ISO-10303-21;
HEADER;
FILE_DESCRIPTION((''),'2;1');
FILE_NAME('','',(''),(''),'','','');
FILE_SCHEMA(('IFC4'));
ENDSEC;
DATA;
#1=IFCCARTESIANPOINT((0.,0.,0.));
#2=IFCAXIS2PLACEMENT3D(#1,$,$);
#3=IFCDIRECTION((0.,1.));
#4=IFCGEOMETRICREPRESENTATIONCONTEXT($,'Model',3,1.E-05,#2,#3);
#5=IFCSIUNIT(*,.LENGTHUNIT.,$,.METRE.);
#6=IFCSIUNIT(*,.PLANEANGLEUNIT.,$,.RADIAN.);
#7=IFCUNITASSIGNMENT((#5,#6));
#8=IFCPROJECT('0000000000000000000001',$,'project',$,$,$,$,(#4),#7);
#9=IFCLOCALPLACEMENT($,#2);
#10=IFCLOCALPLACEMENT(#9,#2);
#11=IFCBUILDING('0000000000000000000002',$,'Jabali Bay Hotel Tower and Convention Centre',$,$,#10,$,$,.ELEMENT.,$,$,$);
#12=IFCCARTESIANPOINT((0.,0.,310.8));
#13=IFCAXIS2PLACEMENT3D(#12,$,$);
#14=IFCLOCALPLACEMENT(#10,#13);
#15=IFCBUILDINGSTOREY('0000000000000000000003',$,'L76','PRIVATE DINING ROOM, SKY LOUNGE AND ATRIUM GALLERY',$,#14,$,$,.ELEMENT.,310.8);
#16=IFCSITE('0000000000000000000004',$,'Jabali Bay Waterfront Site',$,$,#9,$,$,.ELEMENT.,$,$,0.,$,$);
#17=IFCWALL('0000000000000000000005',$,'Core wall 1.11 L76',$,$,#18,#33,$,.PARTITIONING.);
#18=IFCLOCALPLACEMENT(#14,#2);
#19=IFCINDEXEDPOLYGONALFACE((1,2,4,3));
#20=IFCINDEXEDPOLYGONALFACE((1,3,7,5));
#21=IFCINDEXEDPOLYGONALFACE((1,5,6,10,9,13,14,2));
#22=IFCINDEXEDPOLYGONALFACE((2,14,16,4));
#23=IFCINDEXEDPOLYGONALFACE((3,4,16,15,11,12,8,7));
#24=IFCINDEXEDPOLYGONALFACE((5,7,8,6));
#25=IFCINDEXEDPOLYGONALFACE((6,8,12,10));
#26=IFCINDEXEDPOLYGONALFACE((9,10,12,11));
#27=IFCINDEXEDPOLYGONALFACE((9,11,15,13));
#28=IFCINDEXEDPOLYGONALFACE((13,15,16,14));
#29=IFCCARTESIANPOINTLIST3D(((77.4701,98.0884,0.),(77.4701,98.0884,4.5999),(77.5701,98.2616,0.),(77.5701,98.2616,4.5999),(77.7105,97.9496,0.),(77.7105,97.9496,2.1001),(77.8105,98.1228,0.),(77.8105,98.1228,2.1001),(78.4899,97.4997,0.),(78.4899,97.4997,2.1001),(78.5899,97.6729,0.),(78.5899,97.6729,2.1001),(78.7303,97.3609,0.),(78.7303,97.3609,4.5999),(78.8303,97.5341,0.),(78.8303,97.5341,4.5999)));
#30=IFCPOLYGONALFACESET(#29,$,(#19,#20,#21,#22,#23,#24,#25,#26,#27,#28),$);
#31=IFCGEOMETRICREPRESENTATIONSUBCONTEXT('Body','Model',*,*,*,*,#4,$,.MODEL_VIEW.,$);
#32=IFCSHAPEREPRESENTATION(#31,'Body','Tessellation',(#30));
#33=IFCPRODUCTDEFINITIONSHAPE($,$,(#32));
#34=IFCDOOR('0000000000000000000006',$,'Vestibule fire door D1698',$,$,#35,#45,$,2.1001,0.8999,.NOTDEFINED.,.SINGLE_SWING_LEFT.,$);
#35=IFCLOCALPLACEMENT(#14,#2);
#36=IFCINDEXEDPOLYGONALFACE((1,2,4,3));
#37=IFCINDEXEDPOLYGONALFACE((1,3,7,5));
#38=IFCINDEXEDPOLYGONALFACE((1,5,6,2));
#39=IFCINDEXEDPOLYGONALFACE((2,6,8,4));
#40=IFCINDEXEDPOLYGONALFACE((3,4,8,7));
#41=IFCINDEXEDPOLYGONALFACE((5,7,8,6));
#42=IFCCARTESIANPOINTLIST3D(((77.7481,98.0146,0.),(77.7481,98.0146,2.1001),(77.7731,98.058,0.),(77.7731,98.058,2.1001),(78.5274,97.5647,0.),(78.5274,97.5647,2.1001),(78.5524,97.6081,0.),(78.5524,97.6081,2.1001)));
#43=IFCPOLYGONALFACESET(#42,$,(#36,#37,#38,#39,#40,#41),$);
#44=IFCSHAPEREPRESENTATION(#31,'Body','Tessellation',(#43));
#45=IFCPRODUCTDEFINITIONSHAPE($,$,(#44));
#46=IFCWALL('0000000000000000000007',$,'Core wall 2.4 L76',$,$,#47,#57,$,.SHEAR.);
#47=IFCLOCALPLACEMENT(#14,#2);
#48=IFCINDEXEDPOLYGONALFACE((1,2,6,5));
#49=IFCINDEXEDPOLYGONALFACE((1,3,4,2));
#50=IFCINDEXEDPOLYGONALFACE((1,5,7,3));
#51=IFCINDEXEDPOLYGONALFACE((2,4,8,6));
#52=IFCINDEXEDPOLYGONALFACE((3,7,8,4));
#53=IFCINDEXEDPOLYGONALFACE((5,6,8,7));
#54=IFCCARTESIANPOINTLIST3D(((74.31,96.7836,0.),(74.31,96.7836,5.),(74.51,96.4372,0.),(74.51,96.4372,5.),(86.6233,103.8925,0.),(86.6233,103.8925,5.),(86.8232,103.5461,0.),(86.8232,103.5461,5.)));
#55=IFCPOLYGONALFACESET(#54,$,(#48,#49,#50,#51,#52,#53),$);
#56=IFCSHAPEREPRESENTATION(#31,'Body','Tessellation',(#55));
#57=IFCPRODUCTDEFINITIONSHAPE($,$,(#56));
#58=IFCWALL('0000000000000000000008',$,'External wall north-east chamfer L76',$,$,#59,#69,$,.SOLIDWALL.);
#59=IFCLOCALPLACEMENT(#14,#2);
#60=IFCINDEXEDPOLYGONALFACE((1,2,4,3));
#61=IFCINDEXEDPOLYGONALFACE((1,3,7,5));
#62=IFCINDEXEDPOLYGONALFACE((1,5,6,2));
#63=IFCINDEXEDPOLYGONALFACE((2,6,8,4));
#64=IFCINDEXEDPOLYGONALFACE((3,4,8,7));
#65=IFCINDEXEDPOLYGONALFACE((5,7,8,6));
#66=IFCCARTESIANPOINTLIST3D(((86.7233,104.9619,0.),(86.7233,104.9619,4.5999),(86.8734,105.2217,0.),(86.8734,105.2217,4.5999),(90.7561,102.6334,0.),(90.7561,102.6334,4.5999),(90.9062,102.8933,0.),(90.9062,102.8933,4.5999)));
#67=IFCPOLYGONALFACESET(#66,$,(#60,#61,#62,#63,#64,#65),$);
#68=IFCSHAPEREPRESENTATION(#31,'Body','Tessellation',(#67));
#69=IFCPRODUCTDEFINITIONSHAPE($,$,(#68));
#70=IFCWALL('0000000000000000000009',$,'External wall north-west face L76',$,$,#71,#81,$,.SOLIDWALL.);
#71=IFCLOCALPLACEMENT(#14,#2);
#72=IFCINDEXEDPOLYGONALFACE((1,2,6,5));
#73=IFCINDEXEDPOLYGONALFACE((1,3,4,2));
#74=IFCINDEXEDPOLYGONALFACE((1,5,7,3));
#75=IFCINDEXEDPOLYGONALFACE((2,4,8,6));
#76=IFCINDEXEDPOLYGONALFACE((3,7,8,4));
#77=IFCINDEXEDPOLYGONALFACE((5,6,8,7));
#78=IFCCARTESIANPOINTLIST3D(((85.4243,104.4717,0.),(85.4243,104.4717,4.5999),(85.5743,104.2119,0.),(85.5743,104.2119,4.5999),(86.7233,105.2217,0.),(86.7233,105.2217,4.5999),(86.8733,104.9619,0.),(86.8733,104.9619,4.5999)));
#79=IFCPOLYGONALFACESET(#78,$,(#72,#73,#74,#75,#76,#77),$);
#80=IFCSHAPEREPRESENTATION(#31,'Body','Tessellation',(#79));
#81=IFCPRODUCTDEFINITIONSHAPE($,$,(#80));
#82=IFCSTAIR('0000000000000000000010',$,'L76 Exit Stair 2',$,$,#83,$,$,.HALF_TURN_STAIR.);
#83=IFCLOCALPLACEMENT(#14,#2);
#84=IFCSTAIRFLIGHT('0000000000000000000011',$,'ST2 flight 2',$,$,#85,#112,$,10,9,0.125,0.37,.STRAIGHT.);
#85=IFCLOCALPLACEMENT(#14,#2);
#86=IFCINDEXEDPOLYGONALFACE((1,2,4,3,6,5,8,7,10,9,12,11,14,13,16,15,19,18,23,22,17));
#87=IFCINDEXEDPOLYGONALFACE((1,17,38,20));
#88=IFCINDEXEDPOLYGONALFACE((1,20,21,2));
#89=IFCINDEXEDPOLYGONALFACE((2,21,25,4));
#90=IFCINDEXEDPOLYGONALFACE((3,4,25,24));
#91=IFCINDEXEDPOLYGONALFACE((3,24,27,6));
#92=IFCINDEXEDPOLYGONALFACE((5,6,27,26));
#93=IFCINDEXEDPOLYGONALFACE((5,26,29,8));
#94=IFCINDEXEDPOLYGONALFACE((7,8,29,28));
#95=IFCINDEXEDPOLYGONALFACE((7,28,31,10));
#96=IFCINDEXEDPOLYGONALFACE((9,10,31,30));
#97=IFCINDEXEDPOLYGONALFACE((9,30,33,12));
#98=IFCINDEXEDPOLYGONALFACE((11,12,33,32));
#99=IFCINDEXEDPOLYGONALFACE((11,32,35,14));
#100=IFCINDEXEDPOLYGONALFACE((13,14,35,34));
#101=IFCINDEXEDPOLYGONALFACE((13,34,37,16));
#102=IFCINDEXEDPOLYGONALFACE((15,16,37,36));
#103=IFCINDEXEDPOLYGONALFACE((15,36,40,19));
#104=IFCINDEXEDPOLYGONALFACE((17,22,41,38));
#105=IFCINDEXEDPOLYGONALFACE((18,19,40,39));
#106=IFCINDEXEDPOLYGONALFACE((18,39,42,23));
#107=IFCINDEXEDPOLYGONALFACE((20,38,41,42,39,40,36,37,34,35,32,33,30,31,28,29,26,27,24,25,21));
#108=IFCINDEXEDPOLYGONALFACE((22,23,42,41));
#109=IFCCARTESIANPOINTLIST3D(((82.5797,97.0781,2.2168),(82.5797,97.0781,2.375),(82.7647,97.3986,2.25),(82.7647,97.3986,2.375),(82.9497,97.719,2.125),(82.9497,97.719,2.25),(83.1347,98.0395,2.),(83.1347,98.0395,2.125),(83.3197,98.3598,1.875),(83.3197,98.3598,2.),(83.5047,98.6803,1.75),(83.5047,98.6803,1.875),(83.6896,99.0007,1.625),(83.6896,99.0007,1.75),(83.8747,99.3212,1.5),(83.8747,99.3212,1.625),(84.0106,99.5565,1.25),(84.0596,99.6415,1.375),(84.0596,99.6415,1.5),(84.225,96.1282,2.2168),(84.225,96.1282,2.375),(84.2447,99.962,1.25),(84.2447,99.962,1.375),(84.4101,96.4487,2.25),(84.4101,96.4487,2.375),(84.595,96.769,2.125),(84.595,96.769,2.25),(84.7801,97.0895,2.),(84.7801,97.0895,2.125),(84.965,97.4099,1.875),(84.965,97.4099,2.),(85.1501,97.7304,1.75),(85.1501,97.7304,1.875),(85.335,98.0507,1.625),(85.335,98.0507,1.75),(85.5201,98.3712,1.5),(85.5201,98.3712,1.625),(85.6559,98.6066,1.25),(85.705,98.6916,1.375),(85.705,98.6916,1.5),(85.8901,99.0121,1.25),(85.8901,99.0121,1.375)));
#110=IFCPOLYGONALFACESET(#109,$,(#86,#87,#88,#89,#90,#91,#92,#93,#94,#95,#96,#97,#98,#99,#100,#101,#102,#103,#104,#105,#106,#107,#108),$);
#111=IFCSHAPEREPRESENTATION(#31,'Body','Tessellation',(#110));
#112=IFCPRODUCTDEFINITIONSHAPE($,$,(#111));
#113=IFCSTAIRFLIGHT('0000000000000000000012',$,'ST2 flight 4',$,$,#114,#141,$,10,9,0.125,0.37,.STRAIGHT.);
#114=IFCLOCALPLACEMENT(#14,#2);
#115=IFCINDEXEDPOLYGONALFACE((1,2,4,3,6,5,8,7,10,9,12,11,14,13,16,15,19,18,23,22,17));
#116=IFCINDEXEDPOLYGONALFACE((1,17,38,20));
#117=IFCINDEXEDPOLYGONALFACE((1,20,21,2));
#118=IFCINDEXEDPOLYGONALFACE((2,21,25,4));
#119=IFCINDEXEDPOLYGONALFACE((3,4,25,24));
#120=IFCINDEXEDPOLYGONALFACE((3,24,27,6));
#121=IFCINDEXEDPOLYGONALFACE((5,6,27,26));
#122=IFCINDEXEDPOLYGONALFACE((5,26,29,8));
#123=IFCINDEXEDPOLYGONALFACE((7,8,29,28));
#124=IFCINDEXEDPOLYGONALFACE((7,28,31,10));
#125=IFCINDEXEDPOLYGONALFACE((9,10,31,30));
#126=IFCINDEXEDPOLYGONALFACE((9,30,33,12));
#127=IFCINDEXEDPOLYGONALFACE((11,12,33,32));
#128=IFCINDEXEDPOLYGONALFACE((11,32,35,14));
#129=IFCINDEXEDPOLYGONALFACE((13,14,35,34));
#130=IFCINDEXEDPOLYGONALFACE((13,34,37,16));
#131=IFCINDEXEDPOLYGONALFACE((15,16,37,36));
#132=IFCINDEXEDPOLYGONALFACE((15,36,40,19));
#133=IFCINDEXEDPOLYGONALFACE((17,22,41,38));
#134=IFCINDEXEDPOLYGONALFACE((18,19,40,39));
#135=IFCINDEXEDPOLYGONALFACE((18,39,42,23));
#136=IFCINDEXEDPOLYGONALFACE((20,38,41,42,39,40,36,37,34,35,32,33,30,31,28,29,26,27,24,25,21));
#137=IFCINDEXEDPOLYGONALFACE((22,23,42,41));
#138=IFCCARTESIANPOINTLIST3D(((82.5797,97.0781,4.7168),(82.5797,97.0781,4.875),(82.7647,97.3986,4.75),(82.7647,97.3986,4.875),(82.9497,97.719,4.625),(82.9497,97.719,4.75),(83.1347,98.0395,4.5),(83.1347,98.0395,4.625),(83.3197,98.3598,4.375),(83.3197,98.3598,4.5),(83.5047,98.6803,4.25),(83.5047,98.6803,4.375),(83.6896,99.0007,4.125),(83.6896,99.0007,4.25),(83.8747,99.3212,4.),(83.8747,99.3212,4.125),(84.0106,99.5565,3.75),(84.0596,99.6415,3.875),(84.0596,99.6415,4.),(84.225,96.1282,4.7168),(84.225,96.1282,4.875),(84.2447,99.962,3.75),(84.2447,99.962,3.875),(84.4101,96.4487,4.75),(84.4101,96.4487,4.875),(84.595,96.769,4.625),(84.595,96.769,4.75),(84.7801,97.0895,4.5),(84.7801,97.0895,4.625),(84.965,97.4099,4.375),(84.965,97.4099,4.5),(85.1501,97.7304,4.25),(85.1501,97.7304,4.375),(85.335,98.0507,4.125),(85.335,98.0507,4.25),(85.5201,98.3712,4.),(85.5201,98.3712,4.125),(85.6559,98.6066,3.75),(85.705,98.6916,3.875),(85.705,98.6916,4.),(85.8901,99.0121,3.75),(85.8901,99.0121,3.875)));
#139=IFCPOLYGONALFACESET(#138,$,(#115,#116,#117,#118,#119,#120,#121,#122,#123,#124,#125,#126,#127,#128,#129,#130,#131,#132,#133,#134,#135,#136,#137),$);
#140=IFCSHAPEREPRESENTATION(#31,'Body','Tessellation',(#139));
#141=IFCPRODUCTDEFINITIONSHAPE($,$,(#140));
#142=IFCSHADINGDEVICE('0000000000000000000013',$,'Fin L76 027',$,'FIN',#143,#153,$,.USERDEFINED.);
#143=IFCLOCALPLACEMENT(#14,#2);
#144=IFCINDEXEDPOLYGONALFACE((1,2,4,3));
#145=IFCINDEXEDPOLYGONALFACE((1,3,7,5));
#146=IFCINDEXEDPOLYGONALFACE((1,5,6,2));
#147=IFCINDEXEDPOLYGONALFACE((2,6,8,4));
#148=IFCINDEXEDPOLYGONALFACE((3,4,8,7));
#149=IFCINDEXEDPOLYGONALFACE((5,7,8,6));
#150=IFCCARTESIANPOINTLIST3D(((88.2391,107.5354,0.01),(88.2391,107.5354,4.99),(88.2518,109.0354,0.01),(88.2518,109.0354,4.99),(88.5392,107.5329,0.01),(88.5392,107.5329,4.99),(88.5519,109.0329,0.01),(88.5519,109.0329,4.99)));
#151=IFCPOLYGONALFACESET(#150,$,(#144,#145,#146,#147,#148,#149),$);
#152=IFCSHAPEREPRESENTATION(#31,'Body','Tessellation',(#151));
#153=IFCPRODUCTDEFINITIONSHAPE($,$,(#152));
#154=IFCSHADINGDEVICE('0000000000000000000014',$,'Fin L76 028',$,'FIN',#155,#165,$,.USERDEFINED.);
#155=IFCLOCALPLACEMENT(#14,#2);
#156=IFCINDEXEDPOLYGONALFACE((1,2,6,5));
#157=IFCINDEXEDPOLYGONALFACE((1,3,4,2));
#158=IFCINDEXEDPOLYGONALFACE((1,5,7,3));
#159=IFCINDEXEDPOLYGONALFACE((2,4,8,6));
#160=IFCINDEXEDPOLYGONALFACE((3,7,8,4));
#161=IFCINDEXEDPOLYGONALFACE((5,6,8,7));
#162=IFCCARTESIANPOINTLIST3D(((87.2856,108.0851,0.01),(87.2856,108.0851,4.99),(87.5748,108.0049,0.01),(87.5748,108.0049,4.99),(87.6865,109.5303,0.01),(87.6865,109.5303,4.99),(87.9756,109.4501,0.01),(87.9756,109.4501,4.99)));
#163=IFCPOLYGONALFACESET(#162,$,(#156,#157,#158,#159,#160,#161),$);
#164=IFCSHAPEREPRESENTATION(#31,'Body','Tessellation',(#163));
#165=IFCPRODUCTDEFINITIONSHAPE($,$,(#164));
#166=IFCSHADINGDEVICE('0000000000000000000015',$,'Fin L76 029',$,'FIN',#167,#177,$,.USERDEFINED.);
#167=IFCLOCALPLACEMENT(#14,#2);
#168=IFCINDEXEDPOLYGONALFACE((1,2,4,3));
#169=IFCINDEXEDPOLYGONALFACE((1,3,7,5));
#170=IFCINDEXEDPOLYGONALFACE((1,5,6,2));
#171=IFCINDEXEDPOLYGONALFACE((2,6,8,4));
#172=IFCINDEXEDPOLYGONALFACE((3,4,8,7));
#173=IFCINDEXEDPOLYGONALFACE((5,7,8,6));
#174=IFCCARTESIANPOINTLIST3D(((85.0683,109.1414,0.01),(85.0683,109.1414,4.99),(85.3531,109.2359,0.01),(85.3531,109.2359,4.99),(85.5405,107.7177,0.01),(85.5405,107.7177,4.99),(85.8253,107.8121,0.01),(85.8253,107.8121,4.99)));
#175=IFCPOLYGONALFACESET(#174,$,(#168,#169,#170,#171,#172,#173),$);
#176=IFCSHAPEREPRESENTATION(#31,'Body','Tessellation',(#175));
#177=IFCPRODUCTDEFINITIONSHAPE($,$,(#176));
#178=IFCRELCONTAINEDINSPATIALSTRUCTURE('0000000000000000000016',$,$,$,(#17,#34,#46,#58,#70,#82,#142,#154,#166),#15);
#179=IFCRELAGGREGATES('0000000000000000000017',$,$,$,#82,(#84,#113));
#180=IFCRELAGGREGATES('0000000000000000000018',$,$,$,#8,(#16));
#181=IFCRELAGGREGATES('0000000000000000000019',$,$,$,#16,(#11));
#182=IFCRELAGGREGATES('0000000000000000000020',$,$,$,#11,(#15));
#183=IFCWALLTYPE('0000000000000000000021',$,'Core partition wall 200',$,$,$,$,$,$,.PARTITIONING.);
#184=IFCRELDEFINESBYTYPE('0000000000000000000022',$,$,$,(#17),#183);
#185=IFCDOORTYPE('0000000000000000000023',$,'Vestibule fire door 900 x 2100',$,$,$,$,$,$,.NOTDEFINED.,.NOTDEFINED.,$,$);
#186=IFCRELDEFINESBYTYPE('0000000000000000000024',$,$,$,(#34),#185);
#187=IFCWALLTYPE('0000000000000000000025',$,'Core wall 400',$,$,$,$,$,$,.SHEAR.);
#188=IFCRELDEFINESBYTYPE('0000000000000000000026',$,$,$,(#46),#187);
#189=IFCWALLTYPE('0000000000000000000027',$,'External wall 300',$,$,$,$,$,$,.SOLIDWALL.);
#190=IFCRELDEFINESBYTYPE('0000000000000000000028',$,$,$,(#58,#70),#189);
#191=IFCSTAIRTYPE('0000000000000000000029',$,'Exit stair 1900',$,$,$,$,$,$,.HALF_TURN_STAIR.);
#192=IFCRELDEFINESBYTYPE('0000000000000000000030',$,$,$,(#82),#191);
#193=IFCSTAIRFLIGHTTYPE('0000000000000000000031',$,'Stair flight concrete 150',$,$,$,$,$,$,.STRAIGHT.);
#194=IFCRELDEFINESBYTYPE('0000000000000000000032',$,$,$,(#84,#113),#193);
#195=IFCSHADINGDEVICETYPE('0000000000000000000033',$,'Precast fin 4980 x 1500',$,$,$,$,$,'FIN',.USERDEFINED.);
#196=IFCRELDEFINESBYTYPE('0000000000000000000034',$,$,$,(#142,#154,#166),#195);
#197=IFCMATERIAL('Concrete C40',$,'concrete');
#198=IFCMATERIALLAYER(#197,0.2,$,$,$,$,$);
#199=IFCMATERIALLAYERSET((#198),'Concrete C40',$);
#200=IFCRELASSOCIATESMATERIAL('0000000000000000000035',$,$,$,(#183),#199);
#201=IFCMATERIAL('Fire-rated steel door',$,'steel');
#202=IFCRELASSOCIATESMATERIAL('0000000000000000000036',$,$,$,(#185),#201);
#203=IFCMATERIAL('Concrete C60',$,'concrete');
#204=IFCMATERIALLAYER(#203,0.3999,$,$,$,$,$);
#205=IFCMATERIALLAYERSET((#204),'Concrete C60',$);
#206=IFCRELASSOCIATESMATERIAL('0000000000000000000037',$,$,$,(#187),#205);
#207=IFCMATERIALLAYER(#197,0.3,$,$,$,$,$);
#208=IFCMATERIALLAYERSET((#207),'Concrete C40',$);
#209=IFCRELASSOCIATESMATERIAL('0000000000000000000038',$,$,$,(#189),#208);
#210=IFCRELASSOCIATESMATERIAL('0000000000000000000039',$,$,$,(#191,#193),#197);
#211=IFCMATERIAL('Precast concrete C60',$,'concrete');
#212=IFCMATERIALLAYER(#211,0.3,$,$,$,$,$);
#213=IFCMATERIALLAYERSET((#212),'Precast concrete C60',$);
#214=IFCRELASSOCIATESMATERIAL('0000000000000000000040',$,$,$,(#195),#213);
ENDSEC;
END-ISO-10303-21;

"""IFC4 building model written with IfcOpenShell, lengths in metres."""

from ifc_helpers import new_model, si_unit, direction, frame, frame_2d, origin, place, context, subcontext, project, spatial, polyline, rectangle, outline, extrude, material, layer, layer_set, type_object, element, fill, aggregate, save


model = new_model("IFC4")

# Units and contexts
model_context = context("Model", 3, precision=1e-05, world=origin(), true_north=direction((0.0, 1.0)))
body_context = subcontext(model_context, "Body", "Model", "MODEL_VIEW")
ifc_project = project(units=[si_unit("LENGTHUNIT", "METRE"), si_unit("PLANEANGLEUNIT", "RADIAN")], contexts=[model_context])

# Site, building, storey
site_placement = place(None, origin())
site = spatial("IfcSite", under=ifc_project, at=site_placement, Name="Jabali Bay Waterfront Site", CompositionType="ELEMENT", RefElevation=0.0)
building_placement = place(site_placement, origin())
building = spatial("IfcBuilding", under=site, at=building_placement, Name="Jabali Bay Hotel Tower and Convention Centre", CompositionType="ELEMENT")
storey_placement = place(building_placement, frame((0.0, 0.0, 310.8)))
storey = spatial("IfcBuildingStorey", under=building, at=storey_placement, Name="L76", Description="PRIVATE DINING ROOM, SKY LOUNGE AND ATRIUM GALLERY", CompositionType="ELEMENT", Elevation=310.8)

# Shared definitions
ifc_material_1 = material(Name="Concrete C60", Category="concrete")

# Shared definitions
ifc_material_2 = material(Name="Concrete C40", Category="concrete")
ifc_layer_1 = layer(ifc_material_2, 0.2)
ifc_layer_set_1 = layer_set([ifc_layer_1], Name="Concrete C40")
wall_type_1 = type_object("IfcWallType", Name="Core partition wall 200", PredefinedType="PARTITIONING", material=ifc_layer_set_1)

# Wall, opening, door
wall_1_placement = place(storey_placement, frame((78.7803, 97.4475, 0.0), z_axis=(0.0, 0.0, 1.0), x_axis=(-0.866046, 0.499965, 0.0)))
wall_1 = element("IfcWall", 1, at=wall_1_placement, inside=storey, type_object=wall_type_1, Name="Core wall 1.11 L76", PredefinedType="PARTITIONING", context=body_context, shape_type="SweptSolid", body=[
    extrude(rectangle(XDim=1.4551, YDim=0.2, at=frame_2d((0.7275, 0.0))), origin(), (0.0, 0.0, 1.0), 4.5999),
])
opening_placement = place(wall_1_placement, frame((0.2776, 0.0, 0.0)))
opening = element("IfcOpeningElement", 2, at=opening_placement, cuts=wall_1, PredefinedType="OPENING", context=body_context, shape_type="SweptSolid", body=[
    extrude(rectangle(XDim=0.8999, YDim=2.1001, at=frame_2d((0.45, 1.05))), frame((0.0, 0.1104, 0.0), z_axis=(0.0, -1.0, 0.0), x_axis=(1.0, 0.0, 0.0)), (0.0, 0.0, 1.0), 0.2209),
])
ifc_material_3 = material(Name="Fire-rated steel door", Category="steel")
door_type = type_object("IfcDoorType", Name="Vestibule fire door 900 x 2100", OperationType="NOTDEFINED", PredefinedType="NOTDEFINED", material=ifc_material_3)
door_placement = place(opening_placement, origin())
door = element("IfcDoor", 3, at=door_placement, inside=storey, type_object=door_type, Name="Vestibule fire door D1698", OperationType="SINGLE_SWING_LEFT", OverallHeight=2.1001, OverallWidth=0.8999, PredefinedType="NOTDEFINED", context=body_context, shape_type="SweptSolid", body=[
    extrude(rectangle(XDim=0.8999, YDim=2.1001, at=frame_2d((0.45, 1.05))), frame((0.0, 0.0249, 0.0), z_axis=(0.0, -1.0, 0.0), x_axis=(1.0, 0.0, 0.0)), (0.0, 0.0, 1.0), 0.05),
])
fill(opening, door)

# Walls
ifc_layer_2 = layer(ifc_material_1, 0.3999)
ifc_layer_set_2 = layer_set([ifc_layer_2], Name="Concrete C60")
wall_type_2 = type_object("IfcWallType", Name="Core wall 400", PredefinedType="SHEAR", material=ifc_layer_set_2)
wall_2_placement = place(storey_placement, frame((86.7231, 103.7192, 0.0), z_axis=(0.0, 0.0, 1.0), x_axis=(-0.86603, -0.499991, 0.0)))
element("IfcWall", 4, at=wall_2_placement, inside=storey, type_object=wall_type_2, Name="Core wall 2.4 L76", PredefinedType="SHEAR", context=body_context, shape_type="SweptSolid", body=[
    extrude(rectangle(XDim=14.218, YDim=0.3999, at=frame_2d((7.1089, 0.0))), origin(), (0.0, 0.0, 1.0), 5.0),
])
ifc_layer_3 = layer(ifc_material_2, 0.3)
ifc_layer_set_3 = layer_set([ifc_layer_3], Name="Concrete C40")
wall_type_3 = type_object("IfcWallType", Name="External wall 300", PredefinedType="SOLIDWALL", material=ifc_layer_set_3)
wall_3_placement = place(storey_placement, frame((86.7983, 105.0918, 0.0), z_axis=(0.0, 0.0, 1.0), x_axis=(0.866018, -0.500013, 0.0)))
element("IfcWall", 5, at=wall_3_placement, inside=storey, type_object=wall_type_3, Name="External wall north-east chamfer L76", PredefinedType="SOLIDWALL", context=body_context, shape_type="SweptSolid", body=[
    extrude(rectangle(XDim=4.6567, YDim=0.3, at=frame_2d((2.3284, 0.0))), origin(), (0.0, 0.0, 1.0), 4.5999),
])
wall_4_placement = place(storey_placement, frame((85.4993, 104.3418, 0.0), z_axis=(0.0, 0.0, 1.0), x_axis=(0.866031, 0.49999, 0.0)))
element("IfcWall", 6, at=wall_4_placement, inside=storey, type_object=wall_type_3, Name="External wall north-west face L76", PredefinedType="SOLIDWALL", context=body_context, shape_type="SweptSolid", body=[
    extrude(rectangle(XDim=1.5, YDim=0.3, at=frame_2d((0.75, 0.0))), origin(), (0.0, 0.0, 1.0), 4.5999),
])

# Stair, stair flights
stair_type = type_object("IfcStairType", Name="Exit stair 1900", PredefinedType="HALF_TURN_STAIR", material=ifc_material_2)
stair_placement = place(storey_placement, origin())
stair = element("IfcStair", 7, at=stair_placement, inside=storey, type_object=stair_type, Name="L76 Exit Stair 2", PredefinedType="HALF_TURN_STAIR")
stair_flight_type = type_object("IfcStairFlightType", Name="Stair flight concrete 150", PredefinedType="STRAIGHT", material=ifc_material_2)
stair_flight_1_placement = place(storey_placement, frame((85.0674, 99.4871, 1.25), z_axis=(0.0, 0.0, 1.0), x_axis=(-0.5, -0.866025, 0.0)))
stair_flight_1 = element("IfcStairFlight", 8, at=stair_flight_1_placement, type_object=stair_flight_type, Name="ST2 flight 2", NumberOfRisers=10, NumberOfTreads=9, PredefinedType="STRAIGHT", RiserHeight=0.125, TreadLength=0.37, context=body_context, shape_type="SweptSolid", body=[
    extrude(outline(polyline([(0.0, 0.0), (0.0, 0.125), (0.3701, 0.125), (0.3701, 0.25), (0.74, 0.25), (0.74, 0.375), (1.1101, 0.375), (1.1101, 0.5), (1.48, 0.5), (1.48, 0.625), (1.8501, 0.625), (1.8501, 0.75), (2.22, 0.75), (2.22, 0.875), (2.5901, 0.875), (2.5901, 1.0), (2.96, 1.0), (2.96, 1.125), (3.3301, 1.125), (3.3301, 1.25), (3.3301, 0.9668), (0.4683, 0.0), (0.0, 0.0)])), frame((0.0, 0.95, 0.0), z_axis=(0.0, -1.0, 0.0), x_axis=(1.0, 0.0, 0.0)), (0.0, 0.0, 1.0), 1.8999),
])
stair_flight_2_placement = place(storey_placement, frame((85.0674, 99.4871, 3.75), z_axis=(0.0, 0.0, 1.0), x_axis=(-0.5, -0.866025, 0.0)))
stair_flight_2 = element("IfcStairFlight", 9, at=stair_flight_2_placement, type_object=stair_flight_type, Name="ST2 flight 4", NumberOfRisers=10, NumberOfTreads=9, PredefinedType="STRAIGHT", RiserHeight=0.125, TreadLength=0.37, context=body_context, shape_type="SweptSolid", body=[
    extrude(outline(polyline([(0.0, 0.0), (0.0, 0.125), (0.3701, 0.125), (0.3701, 0.25), (0.74, 0.25), (0.74, 0.375), (1.1101, 0.375), (1.1101, 0.5), (1.48, 0.5), (1.48, 0.625), (1.8501, 0.625), (1.8501, 0.75), (2.22, 0.75), (2.22, 0.875), (2.5901, 0.875), (2.5901, 1.0), (2.96, 1.0), (2.96, 1.125), (3.3301, 1.125), (3.3301, 1.25), (3.3301, 0.9668), (0.4683, 0.0), (0.0, 0.0)])), frame((0.0, 0.95, 0.0), z_axis=(0.0, -1.0, 0.0), x_axis=(1.0, 0.0, 0.0)), (0.0, 0.0, 1.0), 1.8999),
])
aggregate(stair, [stair_flight_1, stair_flight_2])

# Shading devices
ifc_material_4 = material(Name="Precast concrete C60", Category="concrete")
ifc_layer_4 = layer(ifc_material_4, 0.3)
ifc_layer_set_4 = layer_set([ifc_layer_4], Name="Precast concrete C60")
shading_device_type = type_object("IfcShadingDeviceType", Name="Precast fin 4980 x 1500", ElementType="FIN", PredefinedType="USERDEFINED", material=ifc_layer_set_4)
shading_device_1_placement = place(storey_placement, frame((88.3892, 107.5342, 0.01), z_axis=(0.0, 0.0, 1.0), x_axis=(0.008463, 0.999964, 0.0)))
element("IfcShadingDevice", 10, at=shading_device_1_placement, inside=storey, type_object=shading_device_type, Name="Fin L76 027", ObjectType="FIN", PredefinedType="USERDEFINED", context=body_context, shape_type="SweptSolid", body=[
    extrude(rectangle(XDim=1.5, YDim=0.3, at=frame_2d((0.75, 0.0))), origin(), (0.0, 0.0, 1.0), 4.98),
])
shading_device_2_placement = place(storey_placement, frame((87.4302, 108.0449, 0.01), z_axis=(0.0, 0.0, 1.0), x_axis=(0.267274, 0.96362, 0.0)))
element("IfcShadingDevice", 11, at=shading_device_2_placement, inside=storey, type_object=shading_device_type, Name="Fin L76 028", ObjectType="FIN", PredefinedType="USERDEFINED", context=body_context, shape_type="SweptSolid", body=[
    extrude(rectangle(XDim=1.4998, YDim=0.3, at=frame_2d((0.75, 0.0))), origin(), (0.0, 0.0, 1.0), 4.98),
])
for number, where, z_axis, x_axis, name in (
    (12, (85.6829, 107.7649, 0.01), (0.0, 0.0, 1.0), (-0.314763, 0.94917, 0.0), "Fin L76 029"),
):
    element("IfcShadingDevice", number, at=place(storey_placement, frame(where, z_axis=z_axis, x_axis=x_axis)), inside=storey, type_object=shading_device_type, Name=name, ObjectType="FIN", PredefinedType="USERDEFINED", context=body_context, shape_type="SweptSolid", body=[
        extrude(rectangle(XDim=1.5, YDim=0.3, at=frame_2d((0.75, 0.0))), origin(), (0.0, 0.0, 1.0), 4.98),
    ])

save(model, "model.ifc")
